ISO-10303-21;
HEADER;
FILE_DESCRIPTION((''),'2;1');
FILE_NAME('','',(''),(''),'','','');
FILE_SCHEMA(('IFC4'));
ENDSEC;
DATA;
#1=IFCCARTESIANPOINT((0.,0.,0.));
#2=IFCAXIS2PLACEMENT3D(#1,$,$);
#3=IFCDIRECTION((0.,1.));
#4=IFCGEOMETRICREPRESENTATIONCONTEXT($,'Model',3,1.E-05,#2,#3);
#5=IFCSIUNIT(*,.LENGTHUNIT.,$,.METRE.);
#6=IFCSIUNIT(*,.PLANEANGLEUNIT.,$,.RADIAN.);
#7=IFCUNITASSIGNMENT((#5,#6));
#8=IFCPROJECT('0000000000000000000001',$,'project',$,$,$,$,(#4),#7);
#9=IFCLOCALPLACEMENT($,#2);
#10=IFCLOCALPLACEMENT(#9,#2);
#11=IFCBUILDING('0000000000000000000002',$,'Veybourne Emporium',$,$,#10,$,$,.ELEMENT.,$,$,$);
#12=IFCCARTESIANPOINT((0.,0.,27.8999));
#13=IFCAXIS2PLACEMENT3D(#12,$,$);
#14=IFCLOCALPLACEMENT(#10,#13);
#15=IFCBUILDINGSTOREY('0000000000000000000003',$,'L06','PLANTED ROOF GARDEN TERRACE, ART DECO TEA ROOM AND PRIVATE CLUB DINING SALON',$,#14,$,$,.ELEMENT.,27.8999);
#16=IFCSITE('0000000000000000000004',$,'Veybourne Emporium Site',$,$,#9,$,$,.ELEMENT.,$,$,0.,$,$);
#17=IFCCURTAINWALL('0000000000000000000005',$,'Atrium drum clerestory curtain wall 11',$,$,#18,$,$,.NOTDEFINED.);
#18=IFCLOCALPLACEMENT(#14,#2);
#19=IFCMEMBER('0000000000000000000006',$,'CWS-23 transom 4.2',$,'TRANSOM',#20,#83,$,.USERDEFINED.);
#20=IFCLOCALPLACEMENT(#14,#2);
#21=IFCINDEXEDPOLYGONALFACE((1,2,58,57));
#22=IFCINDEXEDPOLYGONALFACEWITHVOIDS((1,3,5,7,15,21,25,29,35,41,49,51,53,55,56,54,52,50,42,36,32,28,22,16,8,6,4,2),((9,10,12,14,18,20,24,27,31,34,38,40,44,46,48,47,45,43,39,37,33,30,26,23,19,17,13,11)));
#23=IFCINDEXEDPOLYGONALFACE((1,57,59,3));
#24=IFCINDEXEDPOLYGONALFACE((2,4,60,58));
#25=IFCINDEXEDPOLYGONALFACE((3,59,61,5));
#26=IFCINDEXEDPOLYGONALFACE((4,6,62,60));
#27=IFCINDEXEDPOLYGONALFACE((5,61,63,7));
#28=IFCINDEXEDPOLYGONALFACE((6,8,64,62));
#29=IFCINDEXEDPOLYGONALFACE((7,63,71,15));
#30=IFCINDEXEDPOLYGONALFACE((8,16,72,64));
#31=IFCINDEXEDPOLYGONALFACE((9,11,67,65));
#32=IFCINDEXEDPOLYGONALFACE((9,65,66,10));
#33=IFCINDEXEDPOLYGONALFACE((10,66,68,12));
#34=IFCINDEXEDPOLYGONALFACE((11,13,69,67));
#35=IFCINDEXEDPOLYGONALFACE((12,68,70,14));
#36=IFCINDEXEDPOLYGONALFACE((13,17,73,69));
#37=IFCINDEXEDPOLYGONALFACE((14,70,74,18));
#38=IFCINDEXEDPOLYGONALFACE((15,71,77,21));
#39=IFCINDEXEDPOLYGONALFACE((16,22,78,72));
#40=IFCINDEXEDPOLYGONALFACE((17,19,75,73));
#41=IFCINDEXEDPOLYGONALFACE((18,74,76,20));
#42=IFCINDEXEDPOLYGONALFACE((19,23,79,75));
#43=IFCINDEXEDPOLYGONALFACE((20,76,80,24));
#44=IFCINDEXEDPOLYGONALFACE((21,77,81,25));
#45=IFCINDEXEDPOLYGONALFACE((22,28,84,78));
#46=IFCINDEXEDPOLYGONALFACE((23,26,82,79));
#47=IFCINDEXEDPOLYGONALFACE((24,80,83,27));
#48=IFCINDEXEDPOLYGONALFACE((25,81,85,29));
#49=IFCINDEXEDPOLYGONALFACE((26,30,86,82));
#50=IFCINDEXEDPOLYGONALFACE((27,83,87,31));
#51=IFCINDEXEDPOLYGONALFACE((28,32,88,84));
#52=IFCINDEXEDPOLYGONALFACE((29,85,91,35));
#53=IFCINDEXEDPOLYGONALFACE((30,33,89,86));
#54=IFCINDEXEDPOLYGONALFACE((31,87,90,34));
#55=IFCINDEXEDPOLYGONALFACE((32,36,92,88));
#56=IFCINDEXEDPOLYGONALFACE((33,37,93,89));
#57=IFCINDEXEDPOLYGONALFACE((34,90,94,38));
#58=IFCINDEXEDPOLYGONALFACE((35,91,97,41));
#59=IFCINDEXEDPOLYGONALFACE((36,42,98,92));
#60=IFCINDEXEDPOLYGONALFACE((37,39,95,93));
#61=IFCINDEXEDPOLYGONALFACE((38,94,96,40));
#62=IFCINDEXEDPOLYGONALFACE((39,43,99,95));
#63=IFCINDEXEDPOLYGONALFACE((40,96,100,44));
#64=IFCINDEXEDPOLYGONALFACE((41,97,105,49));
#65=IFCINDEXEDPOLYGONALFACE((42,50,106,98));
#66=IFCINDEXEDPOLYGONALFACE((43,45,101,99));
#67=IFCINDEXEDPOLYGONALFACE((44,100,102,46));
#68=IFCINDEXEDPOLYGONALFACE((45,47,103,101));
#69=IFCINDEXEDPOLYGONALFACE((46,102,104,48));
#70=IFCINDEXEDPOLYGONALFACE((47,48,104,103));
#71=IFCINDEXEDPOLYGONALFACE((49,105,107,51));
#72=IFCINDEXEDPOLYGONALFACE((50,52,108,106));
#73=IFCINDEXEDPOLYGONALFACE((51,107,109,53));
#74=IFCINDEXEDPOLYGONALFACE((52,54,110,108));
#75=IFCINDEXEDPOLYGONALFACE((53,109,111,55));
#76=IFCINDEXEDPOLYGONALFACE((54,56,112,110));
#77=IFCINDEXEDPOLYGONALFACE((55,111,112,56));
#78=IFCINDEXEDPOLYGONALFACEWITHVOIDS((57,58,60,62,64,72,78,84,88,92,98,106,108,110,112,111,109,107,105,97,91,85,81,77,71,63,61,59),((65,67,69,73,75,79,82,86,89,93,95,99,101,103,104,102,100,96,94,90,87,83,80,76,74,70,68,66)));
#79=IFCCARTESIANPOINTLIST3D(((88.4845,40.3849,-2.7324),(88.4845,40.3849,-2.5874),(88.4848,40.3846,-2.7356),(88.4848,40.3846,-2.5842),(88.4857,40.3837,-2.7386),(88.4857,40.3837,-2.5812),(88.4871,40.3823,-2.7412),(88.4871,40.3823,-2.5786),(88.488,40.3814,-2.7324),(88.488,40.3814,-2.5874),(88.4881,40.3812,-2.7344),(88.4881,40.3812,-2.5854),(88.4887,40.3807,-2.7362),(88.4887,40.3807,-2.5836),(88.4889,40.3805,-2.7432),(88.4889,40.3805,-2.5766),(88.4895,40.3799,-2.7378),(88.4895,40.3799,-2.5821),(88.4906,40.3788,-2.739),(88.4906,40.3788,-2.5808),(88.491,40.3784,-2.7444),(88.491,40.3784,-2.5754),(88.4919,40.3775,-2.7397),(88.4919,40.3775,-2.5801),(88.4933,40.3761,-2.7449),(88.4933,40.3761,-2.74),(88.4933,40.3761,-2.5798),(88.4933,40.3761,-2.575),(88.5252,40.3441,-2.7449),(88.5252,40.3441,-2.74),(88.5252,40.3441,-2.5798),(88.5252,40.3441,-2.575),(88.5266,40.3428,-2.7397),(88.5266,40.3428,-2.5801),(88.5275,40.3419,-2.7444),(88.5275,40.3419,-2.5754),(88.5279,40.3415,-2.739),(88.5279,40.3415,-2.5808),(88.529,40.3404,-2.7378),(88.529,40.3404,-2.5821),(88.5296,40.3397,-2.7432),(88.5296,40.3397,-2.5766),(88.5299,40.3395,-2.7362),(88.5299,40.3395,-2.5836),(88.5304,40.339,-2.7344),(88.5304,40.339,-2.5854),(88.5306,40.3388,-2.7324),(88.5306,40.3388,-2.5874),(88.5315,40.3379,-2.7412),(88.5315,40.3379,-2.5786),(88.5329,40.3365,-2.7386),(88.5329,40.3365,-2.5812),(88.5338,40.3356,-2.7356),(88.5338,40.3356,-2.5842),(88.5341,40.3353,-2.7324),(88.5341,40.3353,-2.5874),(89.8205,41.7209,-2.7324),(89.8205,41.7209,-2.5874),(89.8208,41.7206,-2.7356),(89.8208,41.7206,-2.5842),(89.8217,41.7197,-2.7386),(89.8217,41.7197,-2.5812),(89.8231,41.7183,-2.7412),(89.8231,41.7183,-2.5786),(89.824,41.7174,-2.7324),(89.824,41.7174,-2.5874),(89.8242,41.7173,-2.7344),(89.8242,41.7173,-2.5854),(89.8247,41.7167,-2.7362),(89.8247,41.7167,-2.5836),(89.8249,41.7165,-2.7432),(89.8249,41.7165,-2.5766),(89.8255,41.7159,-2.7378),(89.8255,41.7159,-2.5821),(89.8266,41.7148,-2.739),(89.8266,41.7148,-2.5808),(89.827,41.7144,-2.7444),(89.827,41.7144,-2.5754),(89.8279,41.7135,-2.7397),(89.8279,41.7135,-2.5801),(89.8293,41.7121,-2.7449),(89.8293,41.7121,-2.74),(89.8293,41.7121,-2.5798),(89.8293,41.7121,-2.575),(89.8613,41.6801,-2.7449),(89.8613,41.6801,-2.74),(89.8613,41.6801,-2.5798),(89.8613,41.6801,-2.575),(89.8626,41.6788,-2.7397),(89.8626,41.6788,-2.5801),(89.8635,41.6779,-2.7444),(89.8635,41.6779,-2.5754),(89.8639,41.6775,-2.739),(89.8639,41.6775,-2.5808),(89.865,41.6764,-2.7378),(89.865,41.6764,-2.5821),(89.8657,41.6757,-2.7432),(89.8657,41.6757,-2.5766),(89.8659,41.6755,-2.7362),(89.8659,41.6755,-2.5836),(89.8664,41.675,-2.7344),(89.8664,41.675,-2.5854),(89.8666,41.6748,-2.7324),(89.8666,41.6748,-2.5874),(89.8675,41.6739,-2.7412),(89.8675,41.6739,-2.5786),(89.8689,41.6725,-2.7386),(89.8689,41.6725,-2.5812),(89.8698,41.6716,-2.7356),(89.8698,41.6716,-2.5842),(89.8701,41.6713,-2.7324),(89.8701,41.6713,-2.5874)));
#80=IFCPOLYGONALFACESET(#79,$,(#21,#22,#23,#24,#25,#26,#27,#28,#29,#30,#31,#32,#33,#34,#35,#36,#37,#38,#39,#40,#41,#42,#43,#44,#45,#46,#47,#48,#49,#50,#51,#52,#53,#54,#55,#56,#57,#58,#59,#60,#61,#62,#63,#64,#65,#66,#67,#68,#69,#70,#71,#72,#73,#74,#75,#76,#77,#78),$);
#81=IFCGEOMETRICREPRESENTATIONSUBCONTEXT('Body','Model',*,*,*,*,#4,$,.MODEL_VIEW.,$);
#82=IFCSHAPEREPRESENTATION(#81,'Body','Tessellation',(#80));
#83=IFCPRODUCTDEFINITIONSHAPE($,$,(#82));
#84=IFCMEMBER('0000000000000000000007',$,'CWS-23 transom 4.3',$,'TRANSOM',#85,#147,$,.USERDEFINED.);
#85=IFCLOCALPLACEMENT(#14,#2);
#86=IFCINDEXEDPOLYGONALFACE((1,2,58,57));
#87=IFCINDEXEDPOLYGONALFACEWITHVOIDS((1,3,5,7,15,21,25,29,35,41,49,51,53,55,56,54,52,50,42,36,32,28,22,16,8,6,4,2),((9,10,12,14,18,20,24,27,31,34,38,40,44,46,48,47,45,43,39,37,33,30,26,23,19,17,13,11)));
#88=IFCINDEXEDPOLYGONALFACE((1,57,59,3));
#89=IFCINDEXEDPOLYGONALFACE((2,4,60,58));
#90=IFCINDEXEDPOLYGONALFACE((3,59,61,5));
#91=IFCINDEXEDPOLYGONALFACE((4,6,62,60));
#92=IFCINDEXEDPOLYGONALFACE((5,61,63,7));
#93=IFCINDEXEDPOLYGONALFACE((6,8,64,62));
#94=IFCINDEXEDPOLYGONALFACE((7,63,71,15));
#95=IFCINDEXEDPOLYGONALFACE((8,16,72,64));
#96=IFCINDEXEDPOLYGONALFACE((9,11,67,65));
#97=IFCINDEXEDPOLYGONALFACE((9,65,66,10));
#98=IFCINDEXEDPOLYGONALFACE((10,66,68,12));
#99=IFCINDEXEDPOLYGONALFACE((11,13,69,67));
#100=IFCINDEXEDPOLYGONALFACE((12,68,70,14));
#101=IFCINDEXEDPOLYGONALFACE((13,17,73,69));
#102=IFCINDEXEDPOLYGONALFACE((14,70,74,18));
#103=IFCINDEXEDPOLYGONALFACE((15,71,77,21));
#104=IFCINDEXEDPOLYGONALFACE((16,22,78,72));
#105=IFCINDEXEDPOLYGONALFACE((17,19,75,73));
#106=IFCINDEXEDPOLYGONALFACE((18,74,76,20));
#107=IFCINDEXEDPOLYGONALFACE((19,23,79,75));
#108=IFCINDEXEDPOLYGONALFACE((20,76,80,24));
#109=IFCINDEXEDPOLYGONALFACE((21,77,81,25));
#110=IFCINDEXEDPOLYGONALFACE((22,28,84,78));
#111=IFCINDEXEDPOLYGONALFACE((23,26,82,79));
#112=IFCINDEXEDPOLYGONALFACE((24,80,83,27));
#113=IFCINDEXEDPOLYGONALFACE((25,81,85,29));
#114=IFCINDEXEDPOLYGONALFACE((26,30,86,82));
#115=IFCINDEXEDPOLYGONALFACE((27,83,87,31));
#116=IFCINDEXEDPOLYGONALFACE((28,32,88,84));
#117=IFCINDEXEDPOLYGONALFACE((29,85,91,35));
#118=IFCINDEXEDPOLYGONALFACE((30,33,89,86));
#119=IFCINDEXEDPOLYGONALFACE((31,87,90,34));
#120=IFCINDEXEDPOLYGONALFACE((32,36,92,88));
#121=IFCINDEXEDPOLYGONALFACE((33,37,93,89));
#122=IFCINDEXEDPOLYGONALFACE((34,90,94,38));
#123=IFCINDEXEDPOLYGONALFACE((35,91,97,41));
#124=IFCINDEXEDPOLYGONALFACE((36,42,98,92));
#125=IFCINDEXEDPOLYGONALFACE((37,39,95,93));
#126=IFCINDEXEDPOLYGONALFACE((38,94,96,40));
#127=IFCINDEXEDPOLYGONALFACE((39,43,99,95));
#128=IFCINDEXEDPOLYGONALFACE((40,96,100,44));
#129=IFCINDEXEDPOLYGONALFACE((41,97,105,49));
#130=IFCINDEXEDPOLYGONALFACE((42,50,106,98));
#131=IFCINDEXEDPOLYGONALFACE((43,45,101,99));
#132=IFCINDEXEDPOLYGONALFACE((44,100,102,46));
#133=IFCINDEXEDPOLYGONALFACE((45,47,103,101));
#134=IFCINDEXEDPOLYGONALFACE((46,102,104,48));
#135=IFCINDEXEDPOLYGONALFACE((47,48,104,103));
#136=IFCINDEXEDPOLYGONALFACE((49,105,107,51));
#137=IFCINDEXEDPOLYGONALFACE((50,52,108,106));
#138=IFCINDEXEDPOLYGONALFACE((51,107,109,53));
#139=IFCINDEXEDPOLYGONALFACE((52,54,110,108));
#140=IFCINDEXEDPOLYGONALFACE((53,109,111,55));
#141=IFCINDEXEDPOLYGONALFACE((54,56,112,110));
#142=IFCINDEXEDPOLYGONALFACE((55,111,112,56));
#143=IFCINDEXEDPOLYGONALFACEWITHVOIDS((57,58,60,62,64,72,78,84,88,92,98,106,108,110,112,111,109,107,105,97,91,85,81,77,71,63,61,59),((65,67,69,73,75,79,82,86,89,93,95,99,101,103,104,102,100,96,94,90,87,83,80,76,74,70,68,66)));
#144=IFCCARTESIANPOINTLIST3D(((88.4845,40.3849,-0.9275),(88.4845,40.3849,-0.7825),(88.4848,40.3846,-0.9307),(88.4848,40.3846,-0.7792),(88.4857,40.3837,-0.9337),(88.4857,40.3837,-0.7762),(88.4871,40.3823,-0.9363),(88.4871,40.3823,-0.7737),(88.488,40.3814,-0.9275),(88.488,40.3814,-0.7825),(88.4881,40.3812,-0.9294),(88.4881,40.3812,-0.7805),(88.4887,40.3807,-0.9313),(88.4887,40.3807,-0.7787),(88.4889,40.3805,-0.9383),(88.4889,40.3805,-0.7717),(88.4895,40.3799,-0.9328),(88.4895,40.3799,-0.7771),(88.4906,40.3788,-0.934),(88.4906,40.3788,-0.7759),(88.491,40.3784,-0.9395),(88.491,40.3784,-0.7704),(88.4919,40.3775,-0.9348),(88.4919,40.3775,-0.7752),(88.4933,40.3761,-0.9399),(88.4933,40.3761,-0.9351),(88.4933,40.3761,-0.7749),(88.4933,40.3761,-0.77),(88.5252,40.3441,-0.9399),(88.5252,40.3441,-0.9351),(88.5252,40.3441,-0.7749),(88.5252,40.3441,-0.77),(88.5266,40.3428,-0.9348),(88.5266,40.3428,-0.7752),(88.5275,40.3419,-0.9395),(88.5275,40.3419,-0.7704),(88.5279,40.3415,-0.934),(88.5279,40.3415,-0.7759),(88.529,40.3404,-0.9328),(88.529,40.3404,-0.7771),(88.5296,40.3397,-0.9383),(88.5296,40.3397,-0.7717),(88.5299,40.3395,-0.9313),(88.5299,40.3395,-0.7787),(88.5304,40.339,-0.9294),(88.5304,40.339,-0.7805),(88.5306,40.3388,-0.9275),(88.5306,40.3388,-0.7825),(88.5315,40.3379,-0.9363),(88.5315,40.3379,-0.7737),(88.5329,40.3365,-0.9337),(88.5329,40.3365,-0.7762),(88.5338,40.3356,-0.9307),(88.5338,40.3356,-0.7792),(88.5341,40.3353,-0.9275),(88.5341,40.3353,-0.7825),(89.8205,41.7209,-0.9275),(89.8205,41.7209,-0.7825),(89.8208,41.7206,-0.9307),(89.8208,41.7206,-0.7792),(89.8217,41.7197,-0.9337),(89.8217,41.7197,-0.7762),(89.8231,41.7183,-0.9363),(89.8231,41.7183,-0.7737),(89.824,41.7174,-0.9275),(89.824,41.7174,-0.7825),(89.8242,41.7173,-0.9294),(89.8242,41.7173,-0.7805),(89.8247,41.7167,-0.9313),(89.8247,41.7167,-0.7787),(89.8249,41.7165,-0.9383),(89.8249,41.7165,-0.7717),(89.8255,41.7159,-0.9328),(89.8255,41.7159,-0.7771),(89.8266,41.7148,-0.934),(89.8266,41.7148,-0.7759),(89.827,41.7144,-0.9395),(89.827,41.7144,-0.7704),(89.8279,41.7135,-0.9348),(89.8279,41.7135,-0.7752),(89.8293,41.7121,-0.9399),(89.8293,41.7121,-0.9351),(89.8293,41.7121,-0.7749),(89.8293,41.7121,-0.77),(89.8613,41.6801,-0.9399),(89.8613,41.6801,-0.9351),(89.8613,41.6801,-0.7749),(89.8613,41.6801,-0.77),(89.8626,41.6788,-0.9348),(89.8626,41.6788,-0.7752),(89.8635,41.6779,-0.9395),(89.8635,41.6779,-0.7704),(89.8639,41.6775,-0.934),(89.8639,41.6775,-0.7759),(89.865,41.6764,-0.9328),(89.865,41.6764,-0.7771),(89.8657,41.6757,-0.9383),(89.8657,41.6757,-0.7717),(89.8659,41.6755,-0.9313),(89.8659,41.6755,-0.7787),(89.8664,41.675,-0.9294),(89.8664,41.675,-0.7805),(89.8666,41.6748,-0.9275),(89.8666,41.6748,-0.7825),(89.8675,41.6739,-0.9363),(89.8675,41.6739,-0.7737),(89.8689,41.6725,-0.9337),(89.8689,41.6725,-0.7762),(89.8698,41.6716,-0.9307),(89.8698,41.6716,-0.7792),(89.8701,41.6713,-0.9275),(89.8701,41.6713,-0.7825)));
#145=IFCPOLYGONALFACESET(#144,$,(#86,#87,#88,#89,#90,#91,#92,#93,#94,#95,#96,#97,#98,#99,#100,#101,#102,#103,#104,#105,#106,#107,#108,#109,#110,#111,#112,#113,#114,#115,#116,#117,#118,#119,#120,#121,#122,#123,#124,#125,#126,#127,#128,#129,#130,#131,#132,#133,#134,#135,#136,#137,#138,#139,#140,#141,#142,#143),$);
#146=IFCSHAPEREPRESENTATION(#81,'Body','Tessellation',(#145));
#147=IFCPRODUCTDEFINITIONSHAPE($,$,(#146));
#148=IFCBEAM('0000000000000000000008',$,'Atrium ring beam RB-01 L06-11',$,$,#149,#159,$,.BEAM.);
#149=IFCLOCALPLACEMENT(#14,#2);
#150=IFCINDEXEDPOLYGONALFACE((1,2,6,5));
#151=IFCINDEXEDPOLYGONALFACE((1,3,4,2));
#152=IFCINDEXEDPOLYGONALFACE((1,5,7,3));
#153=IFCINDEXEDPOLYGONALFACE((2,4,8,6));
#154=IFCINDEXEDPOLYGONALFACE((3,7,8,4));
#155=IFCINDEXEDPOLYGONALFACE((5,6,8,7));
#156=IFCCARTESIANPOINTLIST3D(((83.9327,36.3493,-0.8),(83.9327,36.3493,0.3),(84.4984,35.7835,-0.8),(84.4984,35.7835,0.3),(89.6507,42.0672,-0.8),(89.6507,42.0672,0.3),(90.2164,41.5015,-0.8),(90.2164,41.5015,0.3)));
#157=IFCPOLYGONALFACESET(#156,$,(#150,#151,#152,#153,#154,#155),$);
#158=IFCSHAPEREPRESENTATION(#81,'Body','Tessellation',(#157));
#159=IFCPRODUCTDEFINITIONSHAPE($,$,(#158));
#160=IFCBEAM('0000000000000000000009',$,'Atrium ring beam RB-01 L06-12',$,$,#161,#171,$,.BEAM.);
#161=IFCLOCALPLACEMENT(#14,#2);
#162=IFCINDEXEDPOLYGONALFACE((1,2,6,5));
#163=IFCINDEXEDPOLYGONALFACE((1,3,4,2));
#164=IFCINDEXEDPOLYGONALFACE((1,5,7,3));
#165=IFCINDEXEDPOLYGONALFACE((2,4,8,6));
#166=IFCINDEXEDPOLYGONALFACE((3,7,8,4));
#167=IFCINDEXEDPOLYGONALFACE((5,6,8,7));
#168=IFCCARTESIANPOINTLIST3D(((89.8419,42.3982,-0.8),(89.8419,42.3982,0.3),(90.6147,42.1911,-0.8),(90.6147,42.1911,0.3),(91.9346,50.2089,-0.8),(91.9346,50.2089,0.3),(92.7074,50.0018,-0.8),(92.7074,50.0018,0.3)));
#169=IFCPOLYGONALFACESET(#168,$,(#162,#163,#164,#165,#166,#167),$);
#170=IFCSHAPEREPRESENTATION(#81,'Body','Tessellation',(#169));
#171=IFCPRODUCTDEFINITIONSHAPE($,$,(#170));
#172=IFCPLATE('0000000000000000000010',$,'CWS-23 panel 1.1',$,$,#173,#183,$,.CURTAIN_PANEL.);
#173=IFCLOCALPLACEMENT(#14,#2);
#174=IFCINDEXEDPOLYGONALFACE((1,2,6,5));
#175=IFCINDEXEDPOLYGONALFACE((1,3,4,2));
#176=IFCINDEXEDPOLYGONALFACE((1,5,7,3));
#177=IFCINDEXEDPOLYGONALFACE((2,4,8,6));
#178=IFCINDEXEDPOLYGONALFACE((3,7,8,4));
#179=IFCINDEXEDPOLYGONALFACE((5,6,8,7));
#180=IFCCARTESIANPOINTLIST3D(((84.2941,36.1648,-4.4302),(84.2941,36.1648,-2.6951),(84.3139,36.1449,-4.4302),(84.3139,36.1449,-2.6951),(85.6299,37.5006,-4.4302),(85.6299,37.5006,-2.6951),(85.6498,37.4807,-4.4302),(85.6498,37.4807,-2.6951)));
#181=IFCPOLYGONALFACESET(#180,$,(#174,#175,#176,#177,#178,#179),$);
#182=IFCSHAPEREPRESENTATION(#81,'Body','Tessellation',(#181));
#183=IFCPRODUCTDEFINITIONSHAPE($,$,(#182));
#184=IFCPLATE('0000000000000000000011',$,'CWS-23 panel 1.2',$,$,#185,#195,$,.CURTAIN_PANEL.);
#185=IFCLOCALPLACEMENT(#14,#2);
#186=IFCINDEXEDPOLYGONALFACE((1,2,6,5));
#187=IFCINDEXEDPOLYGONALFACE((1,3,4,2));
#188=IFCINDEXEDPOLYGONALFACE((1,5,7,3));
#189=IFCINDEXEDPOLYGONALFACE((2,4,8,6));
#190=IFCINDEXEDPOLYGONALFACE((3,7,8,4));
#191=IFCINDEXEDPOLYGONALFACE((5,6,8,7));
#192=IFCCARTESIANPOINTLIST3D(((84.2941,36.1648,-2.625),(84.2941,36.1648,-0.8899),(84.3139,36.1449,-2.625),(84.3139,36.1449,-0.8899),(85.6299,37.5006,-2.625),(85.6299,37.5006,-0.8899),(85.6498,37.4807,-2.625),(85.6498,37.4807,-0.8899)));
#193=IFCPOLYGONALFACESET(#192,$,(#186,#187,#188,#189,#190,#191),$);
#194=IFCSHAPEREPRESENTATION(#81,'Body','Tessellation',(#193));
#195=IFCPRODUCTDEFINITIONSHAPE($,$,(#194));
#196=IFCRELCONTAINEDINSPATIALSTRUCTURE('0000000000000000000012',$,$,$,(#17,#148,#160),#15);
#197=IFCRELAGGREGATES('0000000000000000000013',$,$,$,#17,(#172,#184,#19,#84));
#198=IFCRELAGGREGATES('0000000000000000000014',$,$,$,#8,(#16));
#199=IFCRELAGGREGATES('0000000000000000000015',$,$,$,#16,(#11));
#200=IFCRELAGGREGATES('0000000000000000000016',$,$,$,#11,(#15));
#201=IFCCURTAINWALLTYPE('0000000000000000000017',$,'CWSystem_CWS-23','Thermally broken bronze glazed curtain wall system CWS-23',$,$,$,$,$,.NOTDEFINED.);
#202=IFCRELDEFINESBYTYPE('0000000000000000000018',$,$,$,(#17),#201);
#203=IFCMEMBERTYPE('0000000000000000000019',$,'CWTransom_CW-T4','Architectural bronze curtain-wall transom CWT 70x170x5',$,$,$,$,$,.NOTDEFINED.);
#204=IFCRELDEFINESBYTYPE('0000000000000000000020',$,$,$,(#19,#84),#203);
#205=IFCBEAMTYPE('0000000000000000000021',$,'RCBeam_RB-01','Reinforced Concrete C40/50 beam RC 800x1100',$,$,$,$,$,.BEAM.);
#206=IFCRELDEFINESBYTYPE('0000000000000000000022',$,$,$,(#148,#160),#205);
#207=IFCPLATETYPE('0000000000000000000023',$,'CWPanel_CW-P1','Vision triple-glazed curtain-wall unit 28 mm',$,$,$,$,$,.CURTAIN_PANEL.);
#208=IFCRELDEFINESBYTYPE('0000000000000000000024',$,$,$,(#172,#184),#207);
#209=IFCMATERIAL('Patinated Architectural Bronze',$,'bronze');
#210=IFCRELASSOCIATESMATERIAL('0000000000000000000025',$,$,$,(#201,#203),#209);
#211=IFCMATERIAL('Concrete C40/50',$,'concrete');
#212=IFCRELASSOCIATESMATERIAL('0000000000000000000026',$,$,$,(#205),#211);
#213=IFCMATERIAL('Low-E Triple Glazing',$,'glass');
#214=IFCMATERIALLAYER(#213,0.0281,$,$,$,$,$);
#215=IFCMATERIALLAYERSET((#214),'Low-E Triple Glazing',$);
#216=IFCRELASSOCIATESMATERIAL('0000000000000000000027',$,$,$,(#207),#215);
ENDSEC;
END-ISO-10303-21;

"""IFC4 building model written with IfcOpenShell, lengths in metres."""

from ifc_helpers import new_model, si_unit, direction, frame, origin, origin_2d, place, context, subcontext, project, spatial, rectangle, hollow_rectangle, extrude, material, layer, layer_set, material_profile, profile_set, type_object, element, aggregate, save


model = new_model("IFC4")

# Units and contexts
model_context = context("Model", 3, precision=1e-05, world=origin(), true_north=direction((0.0, 1.0)))
body_context = subcontext(model_context, "Body", "Model", "MODEL_VIEW")
ifc_project = project(units=[si_unit("LENGTHUNIT", "METRE"), si_unit("PLANEANGLEUNIT", "RADIAN")], contexts=[model_context])

# Site, building, storey
site_placement = place(None, origin())
site = spatial("IfcSite", under=ifc_project, at=site_placement, Name="Veybourne Emporium Site", CompositionType="ELEMENT", RefElevation=0.0)
building_placement = place(site_placement, origin())
building = spatial("IfcBuilding", under=site, at=building_placement, Name="Veybourne Emporium", CompositionType="ELEMENT")
storey_placement = place(building_placement, frame((0.0, 0.0, 27.8999)))
storey = spatial("IfcBuildingStorey", under=building, at=storey_placement, Name="L06", Description="PLANTED ROOF GARDEN TERRACE, ART DECO TEA ROOM AND PRIVATE CLUB DINING SALON", CompositionType="ELEMENT", Elevation=27.8999)

# Shared definitions
ifc_material_1 = material(Name="Concrete C40/50", Category="concrete")

# Curtain wall, members
ifc_material_2 = material(Name="Patinated Architectural Bronze", Category="bronze")
curtain_wall_type = type_object("IfcCurtainWallType", Name="CWSystem_CWS-23", Description="Thermally broken bronze glazed curtain wall system CWS-23", PredefinedType="NOTDEFINED", material=ifc_material_2)
curtain_wall_placement = place(storey_placement, origin())
curtain_wall = element("IfcCurtainWall", 1, at=curtain_wall_placement, inside=storey, type_object=curtain_wall_type, Name="Atrium drum clerestory curtain wall 11", PredefinedType="NOTDEFINED")
ifc_material_profile_1 = material_profile(ifc_material_2, hollow_rectangle(XDim=0.0701, YDim=0.1699, WallThickness=0.0049, InnerFilletRadius=0.0076, OuterFilletRadius=0.0125, at=origin_2d()), Name="CWT 70x170x5")
ifc_profile_set_1 = profile_set([ifc_material_profile_1], Name="Patinated Architectural Bronze")
member_type_1 = type_object("IfcMemberType", Name="CWTransom_CW-T4", Description="Architectural bronze curtain-wall transom CWT 70x170x5", PredefinedType="NOTDEFINED", material=ifc_profile_set_1)
member_1_placement = place(storey_placement, frame((88.5093, 40.3601, -2.6599), z_axis=(0.707107, 0.707107, 0.0), x_axis=(-0.707107, 0.707107, 0.0)))
member_1 = element("IfcMember", 2, at=member_1_placement, type_object=member_type_1, Name="CWS-23 transom 4.2", ObjectType="TRANSOM", PredefinedType="USERDEFINED", context=body_context, shape_type="SweptSolid", body=[
    extrude(hollow_rectangle(XDim=0.0701, YDim=0.1699, WallThickness=0.0049, InnerFilletRadius=0.0076, OuterFilletRadius=0.0125, at=origin_2d()), origin(), (0.0, 0.0, 1.0), 1.8894),
])
member_2_placement = place(storey_placement, frame((88.5093, 40.3601, -0.855), z_axis=(0.707107, 0.707107, 0.0), x_axis=(-0.707107, 0.707107, 0.0)))
member_2 = element("IfcMember", 3, at=member_2_placement, type_object=member_type_1, Name="CWS-23 transom 4.3", ObjectType="TRANSOM", PredefinedType="USERDEFINED", context=body_context, shape_type="SweptSolid", body=[
    extrude(hollow_rectangle(XDim=0.0701, YDim=0.1699, WallThickness=0.0049, InnerFilletRadius=0.0076, OuterFilletRadius=0.0125, at=origin_2d()), origin(), (0.0, 0.0, 1.0), 1.8894),
])

# Beams
ifc_material_profile_2 = material_profile(ifc_material_1, rectangle(XDim=0.8, YDim=1.1001, at=origin_2d()), Name="RC 800x1100")
ifc_profile_set_2 = profile_set([ifc_material_profile_2], Name="Concrete C40/50")
beam_type = type_object("IfcBeamType", Name="RCBeam_RB-01", Description="Reinforced Concrete C40/50 beam RC 800x1100", PredefinedType="BEAM", material=ifc_profile_set_2)
beam_1_placement = place(storey_placement, frame((84.2156, 36.0664, -0.25), z_axis=(0.707107, 0.707107, 0.0), x_axis=(-0.707107, 0.707107, 0.0)))
element("IfcBeam", 4, at=beam_1_placement, inside=storey, type_object=beam_type, Name="Atrium ring beam RB-01 L06-11", PredefinedType="BEAM", context=body_context, shape_type="SweptSolid", body=[
    extrude(rectangle(XDim=0.8, YDim=1.1001, at=origin_2d()), origin(), (0.0, 0.0, 1.0), 8.0864),
])
beam_2_placement = place(storey_placement, frame((90.2283, 42.2947, -0.25), z_axis=(0.258805, 0.96593, 0.0), x_axis=(-0.96593, 0.258805, 0.0)))
element("IfcBeam", 5, at=beam_2_placement, inside=storey, type_object=beam_type, Name="Atrium ring beam RB-01 L06-12", PredefinedType="BEAM", context=body_context, shape_type="SweptSolid", body=[
    extrude(rectangle(XDim=0.8, YDim=1.1001, at=origin_2d()), origin(), (0.0, 0.0, 1.0), 8.0862),
])

# Plates
ifc_material_3 = material(Name="Low-E Triple Glazing", Category="glass")
ifc_layer_1 = layer(ifc_material_3, 0.0281)
ifc_layer_set_1 = layer_set([ifc_layer_1], Name="Low-E Triple Glazing")
plate_type = type_object("IfcPlateType", Name="CWPanel_CW-P1", Description="Vision triple-glazed curtain-wall unit 28 mm", PredefinedType="CURTAIN_PANEL", material=ifc_layer_set_1)
plate_1_placement = place(storey_placement, frame((84.9719, 36.8228, -4.4302), z_axis=(0.0, 0.0, 1.0), x_axis=(0.707107, 0.707107, 0.0)))
plate_1 = element("IfcPlate", 6, at=plate_1_placement, type_object=plate_type, Name="CWS-23 panel 1.1", PredefinedType="CURTAIN_PANEL", context=body_context, shape_type="SweptSolid", body=[
    extrude(rectangle(XDim=1.8892, YDim=0.0281, at=origin_2d()), origin(), (0.0, 0.0, 1.0), 1.7351),
])
plate_2_placement = place(storey_placement, frame((84.9719, 36.8228, -2.625), z_axis=(0.0, 0.0, 1.0), x_axis=(0.707107, 0.707107, 0.0)))
plate_2 = element("IfcPlate", 7, at=plate_2_placement, type_object=plate_type, Name="CWS-23 panel 1.2", PredefinedType="CURTAIN_PANEL", context=body_context, shape_type="SweptSolid", body=[
    extrude(rectangle(XDim=1.8892, YDim=0.0281, at=origin_2d()), origin(), (0.0, 0.0, 1.0), 1.7351),
])
aggregate(curtain_wall, [plate_1, plate_2, member_1, member_2])

save(model, "model.ifc")
